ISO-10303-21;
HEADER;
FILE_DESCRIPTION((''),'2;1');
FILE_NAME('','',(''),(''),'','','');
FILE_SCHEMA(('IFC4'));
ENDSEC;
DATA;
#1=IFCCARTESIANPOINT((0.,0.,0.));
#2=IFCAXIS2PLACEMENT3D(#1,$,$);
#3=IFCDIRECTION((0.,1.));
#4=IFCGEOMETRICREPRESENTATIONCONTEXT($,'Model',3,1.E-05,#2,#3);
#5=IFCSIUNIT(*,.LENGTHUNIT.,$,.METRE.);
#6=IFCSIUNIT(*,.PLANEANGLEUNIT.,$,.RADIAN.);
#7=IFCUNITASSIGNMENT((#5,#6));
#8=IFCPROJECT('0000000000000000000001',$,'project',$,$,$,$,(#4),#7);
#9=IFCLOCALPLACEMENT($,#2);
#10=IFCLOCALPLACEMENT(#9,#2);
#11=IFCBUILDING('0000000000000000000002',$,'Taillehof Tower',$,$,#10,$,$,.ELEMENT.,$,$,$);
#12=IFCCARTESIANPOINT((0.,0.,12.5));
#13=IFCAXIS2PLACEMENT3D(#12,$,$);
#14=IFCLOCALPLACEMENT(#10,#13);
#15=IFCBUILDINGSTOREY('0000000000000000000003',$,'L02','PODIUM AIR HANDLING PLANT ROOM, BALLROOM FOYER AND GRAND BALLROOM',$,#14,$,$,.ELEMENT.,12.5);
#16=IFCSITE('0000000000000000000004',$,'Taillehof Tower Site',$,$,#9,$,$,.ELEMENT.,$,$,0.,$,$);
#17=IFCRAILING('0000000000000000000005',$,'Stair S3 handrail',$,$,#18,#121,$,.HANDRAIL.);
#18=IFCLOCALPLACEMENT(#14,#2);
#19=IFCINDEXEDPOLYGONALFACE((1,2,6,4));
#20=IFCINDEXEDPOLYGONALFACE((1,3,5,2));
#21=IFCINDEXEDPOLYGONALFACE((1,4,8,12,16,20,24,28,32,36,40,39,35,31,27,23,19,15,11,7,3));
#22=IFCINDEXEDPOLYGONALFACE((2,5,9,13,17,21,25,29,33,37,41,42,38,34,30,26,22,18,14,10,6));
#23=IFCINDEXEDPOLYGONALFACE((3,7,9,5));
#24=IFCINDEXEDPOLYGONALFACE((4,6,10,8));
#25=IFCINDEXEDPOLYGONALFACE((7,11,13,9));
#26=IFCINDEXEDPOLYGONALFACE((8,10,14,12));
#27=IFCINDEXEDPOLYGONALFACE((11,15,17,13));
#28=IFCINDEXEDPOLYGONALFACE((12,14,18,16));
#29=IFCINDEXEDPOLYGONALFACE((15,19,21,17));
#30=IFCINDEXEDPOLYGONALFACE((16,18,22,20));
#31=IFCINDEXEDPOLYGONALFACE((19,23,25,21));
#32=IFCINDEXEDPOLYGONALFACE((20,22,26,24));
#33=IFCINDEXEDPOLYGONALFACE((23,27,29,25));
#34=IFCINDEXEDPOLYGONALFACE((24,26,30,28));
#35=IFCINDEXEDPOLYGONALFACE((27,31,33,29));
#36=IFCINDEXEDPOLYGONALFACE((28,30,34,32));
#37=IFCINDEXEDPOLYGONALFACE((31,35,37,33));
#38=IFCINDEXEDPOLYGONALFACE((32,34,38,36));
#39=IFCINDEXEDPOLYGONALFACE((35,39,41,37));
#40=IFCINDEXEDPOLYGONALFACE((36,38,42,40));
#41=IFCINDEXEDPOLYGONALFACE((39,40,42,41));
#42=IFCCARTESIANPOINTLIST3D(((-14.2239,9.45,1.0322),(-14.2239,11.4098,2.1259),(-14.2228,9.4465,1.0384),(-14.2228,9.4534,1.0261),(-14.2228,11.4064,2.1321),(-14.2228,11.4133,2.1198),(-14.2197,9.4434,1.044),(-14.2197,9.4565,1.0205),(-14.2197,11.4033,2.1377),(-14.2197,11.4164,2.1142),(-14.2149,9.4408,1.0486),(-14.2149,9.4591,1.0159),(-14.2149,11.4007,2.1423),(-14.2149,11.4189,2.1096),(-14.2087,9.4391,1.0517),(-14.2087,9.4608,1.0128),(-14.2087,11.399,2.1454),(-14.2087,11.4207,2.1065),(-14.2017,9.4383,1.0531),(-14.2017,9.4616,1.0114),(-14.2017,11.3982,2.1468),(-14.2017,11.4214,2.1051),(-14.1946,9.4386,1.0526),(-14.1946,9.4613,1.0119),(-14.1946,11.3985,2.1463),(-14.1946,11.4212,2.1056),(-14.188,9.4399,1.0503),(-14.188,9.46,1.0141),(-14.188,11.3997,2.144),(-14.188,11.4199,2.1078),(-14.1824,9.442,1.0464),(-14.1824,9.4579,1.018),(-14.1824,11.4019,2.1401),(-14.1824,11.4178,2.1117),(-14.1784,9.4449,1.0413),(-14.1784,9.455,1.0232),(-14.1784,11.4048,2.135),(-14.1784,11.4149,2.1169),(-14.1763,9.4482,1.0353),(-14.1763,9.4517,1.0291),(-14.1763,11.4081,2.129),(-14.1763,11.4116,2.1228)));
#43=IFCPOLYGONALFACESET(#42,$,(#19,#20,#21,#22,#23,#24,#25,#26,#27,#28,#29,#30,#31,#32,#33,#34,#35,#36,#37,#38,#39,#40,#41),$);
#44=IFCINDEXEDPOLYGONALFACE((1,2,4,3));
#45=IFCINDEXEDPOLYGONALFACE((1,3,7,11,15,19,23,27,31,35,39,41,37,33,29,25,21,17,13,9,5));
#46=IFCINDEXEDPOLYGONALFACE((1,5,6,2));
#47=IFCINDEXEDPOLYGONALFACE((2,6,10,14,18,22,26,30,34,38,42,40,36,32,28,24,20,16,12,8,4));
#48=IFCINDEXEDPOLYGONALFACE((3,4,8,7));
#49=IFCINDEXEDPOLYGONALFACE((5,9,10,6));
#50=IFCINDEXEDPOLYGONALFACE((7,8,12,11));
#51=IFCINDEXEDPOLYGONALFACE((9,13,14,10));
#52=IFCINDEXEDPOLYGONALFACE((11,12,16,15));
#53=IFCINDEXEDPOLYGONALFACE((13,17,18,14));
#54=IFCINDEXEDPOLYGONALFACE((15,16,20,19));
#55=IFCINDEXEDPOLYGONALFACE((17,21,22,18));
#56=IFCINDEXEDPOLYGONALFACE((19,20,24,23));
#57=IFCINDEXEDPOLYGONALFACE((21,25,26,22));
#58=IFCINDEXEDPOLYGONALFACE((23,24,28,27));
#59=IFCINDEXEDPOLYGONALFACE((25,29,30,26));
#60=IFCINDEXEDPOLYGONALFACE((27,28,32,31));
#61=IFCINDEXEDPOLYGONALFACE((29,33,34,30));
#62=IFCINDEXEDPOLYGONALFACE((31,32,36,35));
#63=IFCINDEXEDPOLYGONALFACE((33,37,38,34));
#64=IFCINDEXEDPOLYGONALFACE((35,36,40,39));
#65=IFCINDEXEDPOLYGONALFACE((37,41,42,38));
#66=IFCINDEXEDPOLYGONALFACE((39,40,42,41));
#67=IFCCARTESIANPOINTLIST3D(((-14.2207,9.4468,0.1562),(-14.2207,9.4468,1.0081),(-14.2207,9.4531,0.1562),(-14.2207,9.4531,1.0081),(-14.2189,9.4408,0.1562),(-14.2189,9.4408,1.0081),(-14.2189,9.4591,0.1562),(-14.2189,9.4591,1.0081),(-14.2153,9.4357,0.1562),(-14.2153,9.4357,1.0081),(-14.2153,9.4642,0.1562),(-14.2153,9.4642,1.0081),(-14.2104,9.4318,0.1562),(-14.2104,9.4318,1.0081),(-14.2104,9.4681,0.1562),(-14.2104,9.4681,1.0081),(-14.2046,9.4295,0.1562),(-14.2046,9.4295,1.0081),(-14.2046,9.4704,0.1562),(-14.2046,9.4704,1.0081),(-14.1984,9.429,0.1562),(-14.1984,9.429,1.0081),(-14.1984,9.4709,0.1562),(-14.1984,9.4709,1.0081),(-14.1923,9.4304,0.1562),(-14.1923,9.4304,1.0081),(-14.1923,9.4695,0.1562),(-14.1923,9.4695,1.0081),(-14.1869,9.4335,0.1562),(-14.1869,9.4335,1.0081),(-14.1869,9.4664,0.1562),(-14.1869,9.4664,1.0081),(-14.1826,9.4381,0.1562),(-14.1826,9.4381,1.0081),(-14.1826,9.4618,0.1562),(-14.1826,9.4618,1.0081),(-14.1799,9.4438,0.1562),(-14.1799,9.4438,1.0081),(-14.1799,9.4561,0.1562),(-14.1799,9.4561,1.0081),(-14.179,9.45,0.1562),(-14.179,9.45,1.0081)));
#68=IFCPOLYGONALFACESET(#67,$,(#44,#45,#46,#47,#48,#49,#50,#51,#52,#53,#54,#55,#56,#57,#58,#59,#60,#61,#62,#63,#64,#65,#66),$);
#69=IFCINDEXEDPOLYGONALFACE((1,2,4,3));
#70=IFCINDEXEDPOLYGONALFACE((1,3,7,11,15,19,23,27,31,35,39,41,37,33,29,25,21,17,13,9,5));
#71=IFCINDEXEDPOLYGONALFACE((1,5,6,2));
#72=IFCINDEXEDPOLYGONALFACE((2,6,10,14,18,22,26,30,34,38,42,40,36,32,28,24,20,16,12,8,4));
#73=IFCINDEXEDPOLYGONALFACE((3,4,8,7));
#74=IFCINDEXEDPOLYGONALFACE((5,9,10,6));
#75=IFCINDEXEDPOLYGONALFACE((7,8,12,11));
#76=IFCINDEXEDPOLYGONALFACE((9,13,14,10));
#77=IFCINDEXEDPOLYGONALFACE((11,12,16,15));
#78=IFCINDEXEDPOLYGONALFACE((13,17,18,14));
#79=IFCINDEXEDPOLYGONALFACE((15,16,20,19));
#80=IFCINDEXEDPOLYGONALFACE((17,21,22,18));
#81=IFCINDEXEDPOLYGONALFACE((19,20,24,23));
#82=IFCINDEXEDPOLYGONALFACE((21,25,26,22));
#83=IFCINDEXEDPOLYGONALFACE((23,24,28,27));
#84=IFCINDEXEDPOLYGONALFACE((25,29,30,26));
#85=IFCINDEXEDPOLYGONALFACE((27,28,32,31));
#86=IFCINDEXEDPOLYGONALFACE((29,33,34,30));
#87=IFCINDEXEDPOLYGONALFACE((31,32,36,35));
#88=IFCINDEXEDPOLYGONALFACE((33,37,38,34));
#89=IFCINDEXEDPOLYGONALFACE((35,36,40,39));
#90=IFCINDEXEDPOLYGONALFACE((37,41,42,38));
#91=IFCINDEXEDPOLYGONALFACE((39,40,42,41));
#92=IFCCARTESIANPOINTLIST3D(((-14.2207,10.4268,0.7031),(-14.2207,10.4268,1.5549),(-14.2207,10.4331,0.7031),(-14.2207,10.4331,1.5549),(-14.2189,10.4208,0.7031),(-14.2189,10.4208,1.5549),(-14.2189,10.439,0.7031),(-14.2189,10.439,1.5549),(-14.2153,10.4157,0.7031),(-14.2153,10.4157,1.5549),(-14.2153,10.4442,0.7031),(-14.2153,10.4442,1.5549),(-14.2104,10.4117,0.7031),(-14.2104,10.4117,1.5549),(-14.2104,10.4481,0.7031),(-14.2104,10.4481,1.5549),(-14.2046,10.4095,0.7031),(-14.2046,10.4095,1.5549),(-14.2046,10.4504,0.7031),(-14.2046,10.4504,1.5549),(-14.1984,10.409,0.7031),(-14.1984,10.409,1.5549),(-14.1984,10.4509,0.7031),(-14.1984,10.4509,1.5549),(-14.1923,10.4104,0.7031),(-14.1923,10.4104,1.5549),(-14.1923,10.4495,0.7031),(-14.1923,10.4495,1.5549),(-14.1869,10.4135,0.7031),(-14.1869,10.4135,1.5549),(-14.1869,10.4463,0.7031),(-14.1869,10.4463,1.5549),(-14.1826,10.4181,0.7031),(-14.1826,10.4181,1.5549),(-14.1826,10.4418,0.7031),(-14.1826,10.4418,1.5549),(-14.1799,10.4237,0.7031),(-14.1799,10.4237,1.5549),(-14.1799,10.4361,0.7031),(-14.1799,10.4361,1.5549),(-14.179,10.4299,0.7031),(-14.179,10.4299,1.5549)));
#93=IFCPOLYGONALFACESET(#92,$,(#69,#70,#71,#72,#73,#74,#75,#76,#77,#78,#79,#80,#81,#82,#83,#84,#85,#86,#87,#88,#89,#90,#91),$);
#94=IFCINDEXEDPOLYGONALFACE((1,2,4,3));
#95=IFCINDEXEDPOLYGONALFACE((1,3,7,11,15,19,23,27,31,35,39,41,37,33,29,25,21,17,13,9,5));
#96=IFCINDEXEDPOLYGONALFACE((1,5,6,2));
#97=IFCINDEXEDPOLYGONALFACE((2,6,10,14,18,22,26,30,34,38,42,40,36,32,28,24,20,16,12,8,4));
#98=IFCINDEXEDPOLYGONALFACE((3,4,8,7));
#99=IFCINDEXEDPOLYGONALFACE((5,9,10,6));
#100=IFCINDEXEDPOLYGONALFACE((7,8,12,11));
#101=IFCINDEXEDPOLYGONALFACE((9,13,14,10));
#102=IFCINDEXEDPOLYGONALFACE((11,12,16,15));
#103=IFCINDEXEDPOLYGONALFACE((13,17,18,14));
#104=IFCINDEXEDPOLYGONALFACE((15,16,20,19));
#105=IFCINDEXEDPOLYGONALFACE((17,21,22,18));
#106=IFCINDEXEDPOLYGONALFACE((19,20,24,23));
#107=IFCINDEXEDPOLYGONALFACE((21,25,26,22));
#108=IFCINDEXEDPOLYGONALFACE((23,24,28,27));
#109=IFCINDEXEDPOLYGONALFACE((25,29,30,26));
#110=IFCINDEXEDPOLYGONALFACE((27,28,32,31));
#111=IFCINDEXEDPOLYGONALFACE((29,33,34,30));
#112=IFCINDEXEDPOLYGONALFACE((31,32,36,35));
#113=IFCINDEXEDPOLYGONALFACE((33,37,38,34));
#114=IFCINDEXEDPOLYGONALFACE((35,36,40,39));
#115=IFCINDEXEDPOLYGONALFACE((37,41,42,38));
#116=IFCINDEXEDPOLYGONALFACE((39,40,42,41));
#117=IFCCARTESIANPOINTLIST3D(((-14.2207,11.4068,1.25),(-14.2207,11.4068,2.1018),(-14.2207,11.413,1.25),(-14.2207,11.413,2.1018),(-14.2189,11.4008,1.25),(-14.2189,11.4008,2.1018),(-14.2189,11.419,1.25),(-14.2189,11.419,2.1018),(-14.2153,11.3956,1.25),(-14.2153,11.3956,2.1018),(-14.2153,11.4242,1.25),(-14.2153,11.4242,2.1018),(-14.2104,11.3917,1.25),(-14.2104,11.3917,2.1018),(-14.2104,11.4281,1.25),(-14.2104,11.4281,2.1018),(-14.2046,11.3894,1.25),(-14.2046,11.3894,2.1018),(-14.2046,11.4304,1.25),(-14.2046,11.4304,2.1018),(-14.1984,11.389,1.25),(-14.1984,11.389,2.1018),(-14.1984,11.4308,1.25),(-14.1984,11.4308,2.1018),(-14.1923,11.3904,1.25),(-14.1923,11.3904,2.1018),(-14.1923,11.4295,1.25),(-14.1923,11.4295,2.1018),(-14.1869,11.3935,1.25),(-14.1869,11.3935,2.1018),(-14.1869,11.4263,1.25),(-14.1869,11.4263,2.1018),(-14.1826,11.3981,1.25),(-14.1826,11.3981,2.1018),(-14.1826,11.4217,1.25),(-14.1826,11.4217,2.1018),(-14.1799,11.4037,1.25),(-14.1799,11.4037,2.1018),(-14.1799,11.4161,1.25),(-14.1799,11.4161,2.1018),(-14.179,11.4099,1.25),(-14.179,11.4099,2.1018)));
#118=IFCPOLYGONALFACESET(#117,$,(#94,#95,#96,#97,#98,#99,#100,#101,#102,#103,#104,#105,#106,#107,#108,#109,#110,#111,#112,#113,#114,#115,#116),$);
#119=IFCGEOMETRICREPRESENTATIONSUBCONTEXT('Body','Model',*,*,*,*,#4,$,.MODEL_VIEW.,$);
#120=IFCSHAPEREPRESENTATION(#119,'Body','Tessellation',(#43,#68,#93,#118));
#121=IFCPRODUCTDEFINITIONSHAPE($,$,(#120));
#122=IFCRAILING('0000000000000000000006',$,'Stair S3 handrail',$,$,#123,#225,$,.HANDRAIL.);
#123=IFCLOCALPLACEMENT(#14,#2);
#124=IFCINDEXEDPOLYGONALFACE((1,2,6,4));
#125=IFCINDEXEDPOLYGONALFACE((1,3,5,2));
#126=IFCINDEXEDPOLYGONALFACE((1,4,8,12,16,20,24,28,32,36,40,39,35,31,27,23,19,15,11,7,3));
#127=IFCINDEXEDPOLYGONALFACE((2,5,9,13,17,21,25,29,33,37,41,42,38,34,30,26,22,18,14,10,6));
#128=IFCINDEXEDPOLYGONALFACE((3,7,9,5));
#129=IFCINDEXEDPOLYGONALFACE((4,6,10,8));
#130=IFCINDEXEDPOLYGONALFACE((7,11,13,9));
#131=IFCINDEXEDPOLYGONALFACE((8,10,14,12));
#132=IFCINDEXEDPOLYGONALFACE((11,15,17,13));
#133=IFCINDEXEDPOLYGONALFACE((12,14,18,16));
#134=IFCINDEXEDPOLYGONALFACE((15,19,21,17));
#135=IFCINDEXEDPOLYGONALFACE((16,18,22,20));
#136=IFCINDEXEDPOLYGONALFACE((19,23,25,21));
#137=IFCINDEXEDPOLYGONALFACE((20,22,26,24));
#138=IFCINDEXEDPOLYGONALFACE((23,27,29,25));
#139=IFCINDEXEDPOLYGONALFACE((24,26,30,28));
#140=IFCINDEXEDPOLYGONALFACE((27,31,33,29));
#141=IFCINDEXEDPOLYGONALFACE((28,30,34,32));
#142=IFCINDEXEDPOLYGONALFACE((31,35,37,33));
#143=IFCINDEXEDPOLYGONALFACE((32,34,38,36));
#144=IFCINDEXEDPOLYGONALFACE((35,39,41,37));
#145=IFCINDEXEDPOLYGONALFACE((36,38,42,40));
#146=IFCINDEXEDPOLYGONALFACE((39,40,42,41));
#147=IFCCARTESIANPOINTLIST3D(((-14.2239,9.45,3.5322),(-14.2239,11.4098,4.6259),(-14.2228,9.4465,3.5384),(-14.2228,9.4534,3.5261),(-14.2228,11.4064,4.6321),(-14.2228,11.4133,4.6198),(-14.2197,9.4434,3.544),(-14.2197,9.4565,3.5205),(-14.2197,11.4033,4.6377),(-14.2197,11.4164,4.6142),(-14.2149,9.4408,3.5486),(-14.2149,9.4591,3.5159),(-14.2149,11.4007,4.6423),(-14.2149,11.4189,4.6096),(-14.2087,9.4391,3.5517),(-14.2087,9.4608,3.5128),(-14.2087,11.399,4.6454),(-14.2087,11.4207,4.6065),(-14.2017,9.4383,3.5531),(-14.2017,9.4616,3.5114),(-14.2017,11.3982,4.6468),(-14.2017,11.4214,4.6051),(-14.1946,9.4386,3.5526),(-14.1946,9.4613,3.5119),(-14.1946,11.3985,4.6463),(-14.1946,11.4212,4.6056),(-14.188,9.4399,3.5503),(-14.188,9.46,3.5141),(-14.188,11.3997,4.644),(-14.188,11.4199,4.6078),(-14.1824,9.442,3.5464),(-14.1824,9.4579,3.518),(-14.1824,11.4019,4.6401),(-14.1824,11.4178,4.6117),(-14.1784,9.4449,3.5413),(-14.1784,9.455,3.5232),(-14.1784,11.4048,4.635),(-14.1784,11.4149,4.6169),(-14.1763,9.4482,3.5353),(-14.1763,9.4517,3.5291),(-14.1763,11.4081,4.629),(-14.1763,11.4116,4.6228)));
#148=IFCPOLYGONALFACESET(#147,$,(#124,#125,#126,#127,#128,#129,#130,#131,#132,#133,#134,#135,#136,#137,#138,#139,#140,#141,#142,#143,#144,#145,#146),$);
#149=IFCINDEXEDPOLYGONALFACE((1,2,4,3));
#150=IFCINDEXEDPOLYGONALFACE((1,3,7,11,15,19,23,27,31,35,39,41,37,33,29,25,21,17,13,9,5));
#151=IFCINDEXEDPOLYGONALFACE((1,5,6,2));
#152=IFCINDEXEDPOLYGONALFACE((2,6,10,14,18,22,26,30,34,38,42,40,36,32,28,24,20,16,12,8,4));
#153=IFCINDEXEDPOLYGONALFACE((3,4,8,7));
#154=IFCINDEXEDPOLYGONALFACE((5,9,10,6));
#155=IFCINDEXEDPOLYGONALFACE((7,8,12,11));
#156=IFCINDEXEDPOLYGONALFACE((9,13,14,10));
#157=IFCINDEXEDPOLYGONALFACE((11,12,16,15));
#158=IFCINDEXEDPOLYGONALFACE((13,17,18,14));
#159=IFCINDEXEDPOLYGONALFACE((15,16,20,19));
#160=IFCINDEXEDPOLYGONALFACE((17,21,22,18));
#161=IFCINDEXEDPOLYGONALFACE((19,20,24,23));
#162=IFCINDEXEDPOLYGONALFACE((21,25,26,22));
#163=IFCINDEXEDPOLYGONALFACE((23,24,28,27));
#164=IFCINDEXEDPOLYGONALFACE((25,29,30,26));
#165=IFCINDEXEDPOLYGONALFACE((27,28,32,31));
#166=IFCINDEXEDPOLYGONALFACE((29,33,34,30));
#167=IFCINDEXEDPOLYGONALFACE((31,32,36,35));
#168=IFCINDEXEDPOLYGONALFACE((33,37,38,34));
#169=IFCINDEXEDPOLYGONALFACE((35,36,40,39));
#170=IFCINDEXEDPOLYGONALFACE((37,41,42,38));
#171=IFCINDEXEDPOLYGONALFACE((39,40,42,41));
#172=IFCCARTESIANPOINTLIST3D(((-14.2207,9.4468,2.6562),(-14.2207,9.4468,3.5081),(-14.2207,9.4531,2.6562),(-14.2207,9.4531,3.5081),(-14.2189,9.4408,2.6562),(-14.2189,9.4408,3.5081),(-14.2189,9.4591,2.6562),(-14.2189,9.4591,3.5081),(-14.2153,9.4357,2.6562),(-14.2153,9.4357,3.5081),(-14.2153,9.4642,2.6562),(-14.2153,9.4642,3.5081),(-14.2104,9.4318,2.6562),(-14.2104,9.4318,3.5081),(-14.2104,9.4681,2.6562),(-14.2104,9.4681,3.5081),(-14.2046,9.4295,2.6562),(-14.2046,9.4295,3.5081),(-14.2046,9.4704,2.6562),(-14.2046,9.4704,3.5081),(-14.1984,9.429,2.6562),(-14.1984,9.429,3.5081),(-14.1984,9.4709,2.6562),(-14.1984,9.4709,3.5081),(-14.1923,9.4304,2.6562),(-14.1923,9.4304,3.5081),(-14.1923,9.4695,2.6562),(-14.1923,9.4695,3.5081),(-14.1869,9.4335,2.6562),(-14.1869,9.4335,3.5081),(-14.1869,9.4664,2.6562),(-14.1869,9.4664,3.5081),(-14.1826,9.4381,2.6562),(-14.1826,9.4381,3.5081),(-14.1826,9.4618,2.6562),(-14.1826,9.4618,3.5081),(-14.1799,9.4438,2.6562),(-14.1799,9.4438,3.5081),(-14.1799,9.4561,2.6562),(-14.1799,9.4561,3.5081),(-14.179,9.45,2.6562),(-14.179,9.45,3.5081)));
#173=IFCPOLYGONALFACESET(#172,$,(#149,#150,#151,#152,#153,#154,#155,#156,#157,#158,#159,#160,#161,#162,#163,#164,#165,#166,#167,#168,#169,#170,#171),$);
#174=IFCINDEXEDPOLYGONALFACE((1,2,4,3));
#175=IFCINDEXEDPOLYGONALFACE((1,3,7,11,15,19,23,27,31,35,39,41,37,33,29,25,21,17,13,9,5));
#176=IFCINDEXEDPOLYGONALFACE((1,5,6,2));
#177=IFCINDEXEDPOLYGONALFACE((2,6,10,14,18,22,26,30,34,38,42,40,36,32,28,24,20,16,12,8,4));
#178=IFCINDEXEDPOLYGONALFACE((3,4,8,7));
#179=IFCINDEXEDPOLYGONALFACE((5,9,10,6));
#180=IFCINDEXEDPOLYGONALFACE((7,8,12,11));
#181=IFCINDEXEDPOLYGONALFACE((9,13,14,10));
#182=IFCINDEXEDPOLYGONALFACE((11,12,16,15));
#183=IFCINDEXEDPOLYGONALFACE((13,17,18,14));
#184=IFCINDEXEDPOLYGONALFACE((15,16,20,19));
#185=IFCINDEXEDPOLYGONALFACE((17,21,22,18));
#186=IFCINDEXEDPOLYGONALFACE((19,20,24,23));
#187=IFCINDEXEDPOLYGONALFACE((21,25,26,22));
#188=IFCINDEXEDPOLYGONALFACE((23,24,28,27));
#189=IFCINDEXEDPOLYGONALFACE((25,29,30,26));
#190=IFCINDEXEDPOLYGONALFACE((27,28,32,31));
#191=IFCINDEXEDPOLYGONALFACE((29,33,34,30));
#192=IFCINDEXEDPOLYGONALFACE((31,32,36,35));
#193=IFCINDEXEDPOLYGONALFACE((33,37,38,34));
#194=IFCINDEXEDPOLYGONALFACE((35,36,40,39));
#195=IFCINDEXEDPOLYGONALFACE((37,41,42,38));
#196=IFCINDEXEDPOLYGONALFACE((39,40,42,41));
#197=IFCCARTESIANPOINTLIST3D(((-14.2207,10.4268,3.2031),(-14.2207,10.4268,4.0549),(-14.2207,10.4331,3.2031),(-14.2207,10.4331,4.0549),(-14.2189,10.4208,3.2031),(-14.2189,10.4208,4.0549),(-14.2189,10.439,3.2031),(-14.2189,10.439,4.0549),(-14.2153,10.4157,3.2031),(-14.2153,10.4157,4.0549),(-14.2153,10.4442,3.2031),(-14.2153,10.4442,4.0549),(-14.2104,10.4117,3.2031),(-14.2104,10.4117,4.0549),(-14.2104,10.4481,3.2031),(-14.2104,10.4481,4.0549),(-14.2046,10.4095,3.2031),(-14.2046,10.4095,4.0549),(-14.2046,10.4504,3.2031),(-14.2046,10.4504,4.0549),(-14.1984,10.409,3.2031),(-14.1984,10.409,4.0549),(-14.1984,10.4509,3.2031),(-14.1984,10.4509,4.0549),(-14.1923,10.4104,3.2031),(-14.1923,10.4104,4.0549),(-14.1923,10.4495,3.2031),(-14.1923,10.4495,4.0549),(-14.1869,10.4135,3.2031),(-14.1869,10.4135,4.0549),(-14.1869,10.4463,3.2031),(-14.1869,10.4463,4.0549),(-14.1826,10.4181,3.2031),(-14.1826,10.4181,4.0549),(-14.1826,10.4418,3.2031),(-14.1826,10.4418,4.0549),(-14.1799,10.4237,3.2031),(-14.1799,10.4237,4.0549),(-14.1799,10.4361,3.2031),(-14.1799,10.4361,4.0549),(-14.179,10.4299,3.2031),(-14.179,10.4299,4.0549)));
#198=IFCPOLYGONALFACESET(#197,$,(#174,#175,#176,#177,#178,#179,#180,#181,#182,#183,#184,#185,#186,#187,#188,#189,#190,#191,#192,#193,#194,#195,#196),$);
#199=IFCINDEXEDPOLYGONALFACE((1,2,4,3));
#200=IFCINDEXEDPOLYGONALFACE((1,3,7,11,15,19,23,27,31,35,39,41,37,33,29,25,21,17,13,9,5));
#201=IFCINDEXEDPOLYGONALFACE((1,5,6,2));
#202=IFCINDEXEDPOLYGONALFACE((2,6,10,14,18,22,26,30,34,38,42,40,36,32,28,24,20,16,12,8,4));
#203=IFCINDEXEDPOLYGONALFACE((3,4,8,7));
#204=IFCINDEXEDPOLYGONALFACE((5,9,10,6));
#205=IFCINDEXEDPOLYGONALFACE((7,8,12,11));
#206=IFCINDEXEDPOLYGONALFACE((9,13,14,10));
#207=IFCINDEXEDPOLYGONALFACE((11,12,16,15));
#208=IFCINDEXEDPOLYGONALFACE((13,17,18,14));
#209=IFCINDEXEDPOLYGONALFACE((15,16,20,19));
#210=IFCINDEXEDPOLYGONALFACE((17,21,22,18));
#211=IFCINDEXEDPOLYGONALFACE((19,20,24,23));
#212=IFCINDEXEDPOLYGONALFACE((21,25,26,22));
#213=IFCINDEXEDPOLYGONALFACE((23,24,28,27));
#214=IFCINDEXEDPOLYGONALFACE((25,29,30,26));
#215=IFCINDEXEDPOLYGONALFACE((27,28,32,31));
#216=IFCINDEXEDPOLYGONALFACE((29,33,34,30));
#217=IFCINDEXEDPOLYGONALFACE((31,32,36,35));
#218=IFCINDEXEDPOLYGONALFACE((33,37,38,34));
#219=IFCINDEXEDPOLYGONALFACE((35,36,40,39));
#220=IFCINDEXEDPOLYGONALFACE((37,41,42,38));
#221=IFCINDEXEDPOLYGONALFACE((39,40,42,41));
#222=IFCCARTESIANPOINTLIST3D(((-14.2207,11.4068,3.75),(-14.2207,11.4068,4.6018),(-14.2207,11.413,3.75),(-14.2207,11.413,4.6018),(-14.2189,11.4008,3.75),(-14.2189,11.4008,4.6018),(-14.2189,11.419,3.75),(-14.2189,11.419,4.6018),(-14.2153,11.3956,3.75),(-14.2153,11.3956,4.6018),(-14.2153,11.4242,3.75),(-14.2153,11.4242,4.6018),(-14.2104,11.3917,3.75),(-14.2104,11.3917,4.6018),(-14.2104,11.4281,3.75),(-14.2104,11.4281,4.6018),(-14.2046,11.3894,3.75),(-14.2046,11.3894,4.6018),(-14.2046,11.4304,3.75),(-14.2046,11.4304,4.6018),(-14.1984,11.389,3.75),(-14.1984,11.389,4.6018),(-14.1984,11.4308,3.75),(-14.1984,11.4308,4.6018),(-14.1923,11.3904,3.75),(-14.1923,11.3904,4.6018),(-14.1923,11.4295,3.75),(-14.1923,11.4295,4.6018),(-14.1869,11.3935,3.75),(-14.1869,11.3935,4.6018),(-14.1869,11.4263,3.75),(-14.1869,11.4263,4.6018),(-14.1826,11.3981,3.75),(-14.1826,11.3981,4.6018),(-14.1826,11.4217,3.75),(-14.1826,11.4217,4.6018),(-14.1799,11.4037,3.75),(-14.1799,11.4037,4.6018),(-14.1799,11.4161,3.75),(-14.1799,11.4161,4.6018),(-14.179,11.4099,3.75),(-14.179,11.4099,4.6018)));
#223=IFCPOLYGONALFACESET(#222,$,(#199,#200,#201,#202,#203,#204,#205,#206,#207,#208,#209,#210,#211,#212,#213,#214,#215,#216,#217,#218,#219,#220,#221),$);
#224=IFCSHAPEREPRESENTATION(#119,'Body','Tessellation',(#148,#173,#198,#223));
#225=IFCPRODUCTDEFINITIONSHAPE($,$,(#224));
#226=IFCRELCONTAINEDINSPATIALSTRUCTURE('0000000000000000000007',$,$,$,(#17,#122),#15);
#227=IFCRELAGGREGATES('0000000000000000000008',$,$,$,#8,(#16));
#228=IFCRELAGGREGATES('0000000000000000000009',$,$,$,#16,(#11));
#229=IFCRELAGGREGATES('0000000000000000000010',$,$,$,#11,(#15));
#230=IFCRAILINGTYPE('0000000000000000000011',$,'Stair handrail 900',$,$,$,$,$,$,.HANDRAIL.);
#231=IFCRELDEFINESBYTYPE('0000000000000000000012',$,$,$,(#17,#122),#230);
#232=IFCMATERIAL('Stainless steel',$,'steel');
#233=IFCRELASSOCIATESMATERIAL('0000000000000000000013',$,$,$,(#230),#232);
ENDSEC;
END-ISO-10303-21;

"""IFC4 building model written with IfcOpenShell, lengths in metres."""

from ifc_helpers import new_model, si_unit, direction, frame, origin, origin_2d, place, context, subcontext, project, spatial, circle, extrude, material, type_object, element, save


model = new_model("IFC4")

# Units and contexts
model_context = context("Model", 3, precision=1e-05, world=origin(), true_north=direction((0.0, 1.0)))
body_context = subcontext(model_context, "Body", "Model", "MODEL_VIEW")
ifc_project = project(units=[si_unit("LENGTHUNIT", "METRE"), si_unit("PLANEANGLEUNIT", "RADIAN")], contexts=[model_context])

# Site, building, storey
site_placement = place(None, origin())
site = spatial("IfcSite", under=ifc_project, at=site_placement, Name="Taillehof Tower Site", CompositionType="ELEMENT", RefElevation=0.0)
building_placement = place(site_placement, origin())
building = spatial("IfcBuilding", under=site, at=building_placement, Name="Taillehof Tower", CompositionType="ELEMENT")
storey_placement = place(building_placement, frame((0.0, 0.0, 12.5)))
storey = spatial("IfcBuildingStorey", under=building, at=storey_placement, Name="L02", Description="PODIUM AIR HANDLING PLANT ROOM, BALLROOM FOYER AND GRAND BALLROOM", CompositionType="ELEMENT", Elevation=12.5)

# Railings
ifc_material_1 = material(Name="Stainless steel", Category="steel")
railing_type_1 = type_object("IfcRailingType", Name="Stair handrail 900", PredefinedType="HANDRAIL", material=ifc_material_1)
for number, where, name in (
    (1, (-14.2, 9.45, 0.1562), "Stair S3 handrail"),
    (2, (-14.2, 9.45, 2.6562), "Stair S3 handrail"),
):
    element("IfcRailing", number, at=place(storey_placement, frame(where)), inside=storey, type_object=railing_type_1, Name=name, PredefinedType="HANDRAIL", context=body_context, shape_type="SweptSolid", body=[
        extrude(circle(Radius=0.0239, at=origin_2d()), frame((0.0, 0.0, 0.876), z_axis=(0.0, 0.873232, 0.487304), x_axis=(-1.0, 0.0, 0.0)), (0.0, 0.0, 1.0), 2.2444),
        extrude(circle(Radius=0.021, at=origin_2d()), origin(), (0.0, 0.0, 1.0), 0.8518),
        extrude(circle(Radius=0.021, at=origin_2d()), frame((0.0, 0.98, 0.5469)), (0.0, 0.0, 1.0), 0.8518),
        extrude(circle(Radius=0.021, at=origin_2d()), frame((0.0, 1.96, 1.0938)), (0.0, 0.0, 1.0), 0.8518),
    ])

save(model, "model.ifc")
